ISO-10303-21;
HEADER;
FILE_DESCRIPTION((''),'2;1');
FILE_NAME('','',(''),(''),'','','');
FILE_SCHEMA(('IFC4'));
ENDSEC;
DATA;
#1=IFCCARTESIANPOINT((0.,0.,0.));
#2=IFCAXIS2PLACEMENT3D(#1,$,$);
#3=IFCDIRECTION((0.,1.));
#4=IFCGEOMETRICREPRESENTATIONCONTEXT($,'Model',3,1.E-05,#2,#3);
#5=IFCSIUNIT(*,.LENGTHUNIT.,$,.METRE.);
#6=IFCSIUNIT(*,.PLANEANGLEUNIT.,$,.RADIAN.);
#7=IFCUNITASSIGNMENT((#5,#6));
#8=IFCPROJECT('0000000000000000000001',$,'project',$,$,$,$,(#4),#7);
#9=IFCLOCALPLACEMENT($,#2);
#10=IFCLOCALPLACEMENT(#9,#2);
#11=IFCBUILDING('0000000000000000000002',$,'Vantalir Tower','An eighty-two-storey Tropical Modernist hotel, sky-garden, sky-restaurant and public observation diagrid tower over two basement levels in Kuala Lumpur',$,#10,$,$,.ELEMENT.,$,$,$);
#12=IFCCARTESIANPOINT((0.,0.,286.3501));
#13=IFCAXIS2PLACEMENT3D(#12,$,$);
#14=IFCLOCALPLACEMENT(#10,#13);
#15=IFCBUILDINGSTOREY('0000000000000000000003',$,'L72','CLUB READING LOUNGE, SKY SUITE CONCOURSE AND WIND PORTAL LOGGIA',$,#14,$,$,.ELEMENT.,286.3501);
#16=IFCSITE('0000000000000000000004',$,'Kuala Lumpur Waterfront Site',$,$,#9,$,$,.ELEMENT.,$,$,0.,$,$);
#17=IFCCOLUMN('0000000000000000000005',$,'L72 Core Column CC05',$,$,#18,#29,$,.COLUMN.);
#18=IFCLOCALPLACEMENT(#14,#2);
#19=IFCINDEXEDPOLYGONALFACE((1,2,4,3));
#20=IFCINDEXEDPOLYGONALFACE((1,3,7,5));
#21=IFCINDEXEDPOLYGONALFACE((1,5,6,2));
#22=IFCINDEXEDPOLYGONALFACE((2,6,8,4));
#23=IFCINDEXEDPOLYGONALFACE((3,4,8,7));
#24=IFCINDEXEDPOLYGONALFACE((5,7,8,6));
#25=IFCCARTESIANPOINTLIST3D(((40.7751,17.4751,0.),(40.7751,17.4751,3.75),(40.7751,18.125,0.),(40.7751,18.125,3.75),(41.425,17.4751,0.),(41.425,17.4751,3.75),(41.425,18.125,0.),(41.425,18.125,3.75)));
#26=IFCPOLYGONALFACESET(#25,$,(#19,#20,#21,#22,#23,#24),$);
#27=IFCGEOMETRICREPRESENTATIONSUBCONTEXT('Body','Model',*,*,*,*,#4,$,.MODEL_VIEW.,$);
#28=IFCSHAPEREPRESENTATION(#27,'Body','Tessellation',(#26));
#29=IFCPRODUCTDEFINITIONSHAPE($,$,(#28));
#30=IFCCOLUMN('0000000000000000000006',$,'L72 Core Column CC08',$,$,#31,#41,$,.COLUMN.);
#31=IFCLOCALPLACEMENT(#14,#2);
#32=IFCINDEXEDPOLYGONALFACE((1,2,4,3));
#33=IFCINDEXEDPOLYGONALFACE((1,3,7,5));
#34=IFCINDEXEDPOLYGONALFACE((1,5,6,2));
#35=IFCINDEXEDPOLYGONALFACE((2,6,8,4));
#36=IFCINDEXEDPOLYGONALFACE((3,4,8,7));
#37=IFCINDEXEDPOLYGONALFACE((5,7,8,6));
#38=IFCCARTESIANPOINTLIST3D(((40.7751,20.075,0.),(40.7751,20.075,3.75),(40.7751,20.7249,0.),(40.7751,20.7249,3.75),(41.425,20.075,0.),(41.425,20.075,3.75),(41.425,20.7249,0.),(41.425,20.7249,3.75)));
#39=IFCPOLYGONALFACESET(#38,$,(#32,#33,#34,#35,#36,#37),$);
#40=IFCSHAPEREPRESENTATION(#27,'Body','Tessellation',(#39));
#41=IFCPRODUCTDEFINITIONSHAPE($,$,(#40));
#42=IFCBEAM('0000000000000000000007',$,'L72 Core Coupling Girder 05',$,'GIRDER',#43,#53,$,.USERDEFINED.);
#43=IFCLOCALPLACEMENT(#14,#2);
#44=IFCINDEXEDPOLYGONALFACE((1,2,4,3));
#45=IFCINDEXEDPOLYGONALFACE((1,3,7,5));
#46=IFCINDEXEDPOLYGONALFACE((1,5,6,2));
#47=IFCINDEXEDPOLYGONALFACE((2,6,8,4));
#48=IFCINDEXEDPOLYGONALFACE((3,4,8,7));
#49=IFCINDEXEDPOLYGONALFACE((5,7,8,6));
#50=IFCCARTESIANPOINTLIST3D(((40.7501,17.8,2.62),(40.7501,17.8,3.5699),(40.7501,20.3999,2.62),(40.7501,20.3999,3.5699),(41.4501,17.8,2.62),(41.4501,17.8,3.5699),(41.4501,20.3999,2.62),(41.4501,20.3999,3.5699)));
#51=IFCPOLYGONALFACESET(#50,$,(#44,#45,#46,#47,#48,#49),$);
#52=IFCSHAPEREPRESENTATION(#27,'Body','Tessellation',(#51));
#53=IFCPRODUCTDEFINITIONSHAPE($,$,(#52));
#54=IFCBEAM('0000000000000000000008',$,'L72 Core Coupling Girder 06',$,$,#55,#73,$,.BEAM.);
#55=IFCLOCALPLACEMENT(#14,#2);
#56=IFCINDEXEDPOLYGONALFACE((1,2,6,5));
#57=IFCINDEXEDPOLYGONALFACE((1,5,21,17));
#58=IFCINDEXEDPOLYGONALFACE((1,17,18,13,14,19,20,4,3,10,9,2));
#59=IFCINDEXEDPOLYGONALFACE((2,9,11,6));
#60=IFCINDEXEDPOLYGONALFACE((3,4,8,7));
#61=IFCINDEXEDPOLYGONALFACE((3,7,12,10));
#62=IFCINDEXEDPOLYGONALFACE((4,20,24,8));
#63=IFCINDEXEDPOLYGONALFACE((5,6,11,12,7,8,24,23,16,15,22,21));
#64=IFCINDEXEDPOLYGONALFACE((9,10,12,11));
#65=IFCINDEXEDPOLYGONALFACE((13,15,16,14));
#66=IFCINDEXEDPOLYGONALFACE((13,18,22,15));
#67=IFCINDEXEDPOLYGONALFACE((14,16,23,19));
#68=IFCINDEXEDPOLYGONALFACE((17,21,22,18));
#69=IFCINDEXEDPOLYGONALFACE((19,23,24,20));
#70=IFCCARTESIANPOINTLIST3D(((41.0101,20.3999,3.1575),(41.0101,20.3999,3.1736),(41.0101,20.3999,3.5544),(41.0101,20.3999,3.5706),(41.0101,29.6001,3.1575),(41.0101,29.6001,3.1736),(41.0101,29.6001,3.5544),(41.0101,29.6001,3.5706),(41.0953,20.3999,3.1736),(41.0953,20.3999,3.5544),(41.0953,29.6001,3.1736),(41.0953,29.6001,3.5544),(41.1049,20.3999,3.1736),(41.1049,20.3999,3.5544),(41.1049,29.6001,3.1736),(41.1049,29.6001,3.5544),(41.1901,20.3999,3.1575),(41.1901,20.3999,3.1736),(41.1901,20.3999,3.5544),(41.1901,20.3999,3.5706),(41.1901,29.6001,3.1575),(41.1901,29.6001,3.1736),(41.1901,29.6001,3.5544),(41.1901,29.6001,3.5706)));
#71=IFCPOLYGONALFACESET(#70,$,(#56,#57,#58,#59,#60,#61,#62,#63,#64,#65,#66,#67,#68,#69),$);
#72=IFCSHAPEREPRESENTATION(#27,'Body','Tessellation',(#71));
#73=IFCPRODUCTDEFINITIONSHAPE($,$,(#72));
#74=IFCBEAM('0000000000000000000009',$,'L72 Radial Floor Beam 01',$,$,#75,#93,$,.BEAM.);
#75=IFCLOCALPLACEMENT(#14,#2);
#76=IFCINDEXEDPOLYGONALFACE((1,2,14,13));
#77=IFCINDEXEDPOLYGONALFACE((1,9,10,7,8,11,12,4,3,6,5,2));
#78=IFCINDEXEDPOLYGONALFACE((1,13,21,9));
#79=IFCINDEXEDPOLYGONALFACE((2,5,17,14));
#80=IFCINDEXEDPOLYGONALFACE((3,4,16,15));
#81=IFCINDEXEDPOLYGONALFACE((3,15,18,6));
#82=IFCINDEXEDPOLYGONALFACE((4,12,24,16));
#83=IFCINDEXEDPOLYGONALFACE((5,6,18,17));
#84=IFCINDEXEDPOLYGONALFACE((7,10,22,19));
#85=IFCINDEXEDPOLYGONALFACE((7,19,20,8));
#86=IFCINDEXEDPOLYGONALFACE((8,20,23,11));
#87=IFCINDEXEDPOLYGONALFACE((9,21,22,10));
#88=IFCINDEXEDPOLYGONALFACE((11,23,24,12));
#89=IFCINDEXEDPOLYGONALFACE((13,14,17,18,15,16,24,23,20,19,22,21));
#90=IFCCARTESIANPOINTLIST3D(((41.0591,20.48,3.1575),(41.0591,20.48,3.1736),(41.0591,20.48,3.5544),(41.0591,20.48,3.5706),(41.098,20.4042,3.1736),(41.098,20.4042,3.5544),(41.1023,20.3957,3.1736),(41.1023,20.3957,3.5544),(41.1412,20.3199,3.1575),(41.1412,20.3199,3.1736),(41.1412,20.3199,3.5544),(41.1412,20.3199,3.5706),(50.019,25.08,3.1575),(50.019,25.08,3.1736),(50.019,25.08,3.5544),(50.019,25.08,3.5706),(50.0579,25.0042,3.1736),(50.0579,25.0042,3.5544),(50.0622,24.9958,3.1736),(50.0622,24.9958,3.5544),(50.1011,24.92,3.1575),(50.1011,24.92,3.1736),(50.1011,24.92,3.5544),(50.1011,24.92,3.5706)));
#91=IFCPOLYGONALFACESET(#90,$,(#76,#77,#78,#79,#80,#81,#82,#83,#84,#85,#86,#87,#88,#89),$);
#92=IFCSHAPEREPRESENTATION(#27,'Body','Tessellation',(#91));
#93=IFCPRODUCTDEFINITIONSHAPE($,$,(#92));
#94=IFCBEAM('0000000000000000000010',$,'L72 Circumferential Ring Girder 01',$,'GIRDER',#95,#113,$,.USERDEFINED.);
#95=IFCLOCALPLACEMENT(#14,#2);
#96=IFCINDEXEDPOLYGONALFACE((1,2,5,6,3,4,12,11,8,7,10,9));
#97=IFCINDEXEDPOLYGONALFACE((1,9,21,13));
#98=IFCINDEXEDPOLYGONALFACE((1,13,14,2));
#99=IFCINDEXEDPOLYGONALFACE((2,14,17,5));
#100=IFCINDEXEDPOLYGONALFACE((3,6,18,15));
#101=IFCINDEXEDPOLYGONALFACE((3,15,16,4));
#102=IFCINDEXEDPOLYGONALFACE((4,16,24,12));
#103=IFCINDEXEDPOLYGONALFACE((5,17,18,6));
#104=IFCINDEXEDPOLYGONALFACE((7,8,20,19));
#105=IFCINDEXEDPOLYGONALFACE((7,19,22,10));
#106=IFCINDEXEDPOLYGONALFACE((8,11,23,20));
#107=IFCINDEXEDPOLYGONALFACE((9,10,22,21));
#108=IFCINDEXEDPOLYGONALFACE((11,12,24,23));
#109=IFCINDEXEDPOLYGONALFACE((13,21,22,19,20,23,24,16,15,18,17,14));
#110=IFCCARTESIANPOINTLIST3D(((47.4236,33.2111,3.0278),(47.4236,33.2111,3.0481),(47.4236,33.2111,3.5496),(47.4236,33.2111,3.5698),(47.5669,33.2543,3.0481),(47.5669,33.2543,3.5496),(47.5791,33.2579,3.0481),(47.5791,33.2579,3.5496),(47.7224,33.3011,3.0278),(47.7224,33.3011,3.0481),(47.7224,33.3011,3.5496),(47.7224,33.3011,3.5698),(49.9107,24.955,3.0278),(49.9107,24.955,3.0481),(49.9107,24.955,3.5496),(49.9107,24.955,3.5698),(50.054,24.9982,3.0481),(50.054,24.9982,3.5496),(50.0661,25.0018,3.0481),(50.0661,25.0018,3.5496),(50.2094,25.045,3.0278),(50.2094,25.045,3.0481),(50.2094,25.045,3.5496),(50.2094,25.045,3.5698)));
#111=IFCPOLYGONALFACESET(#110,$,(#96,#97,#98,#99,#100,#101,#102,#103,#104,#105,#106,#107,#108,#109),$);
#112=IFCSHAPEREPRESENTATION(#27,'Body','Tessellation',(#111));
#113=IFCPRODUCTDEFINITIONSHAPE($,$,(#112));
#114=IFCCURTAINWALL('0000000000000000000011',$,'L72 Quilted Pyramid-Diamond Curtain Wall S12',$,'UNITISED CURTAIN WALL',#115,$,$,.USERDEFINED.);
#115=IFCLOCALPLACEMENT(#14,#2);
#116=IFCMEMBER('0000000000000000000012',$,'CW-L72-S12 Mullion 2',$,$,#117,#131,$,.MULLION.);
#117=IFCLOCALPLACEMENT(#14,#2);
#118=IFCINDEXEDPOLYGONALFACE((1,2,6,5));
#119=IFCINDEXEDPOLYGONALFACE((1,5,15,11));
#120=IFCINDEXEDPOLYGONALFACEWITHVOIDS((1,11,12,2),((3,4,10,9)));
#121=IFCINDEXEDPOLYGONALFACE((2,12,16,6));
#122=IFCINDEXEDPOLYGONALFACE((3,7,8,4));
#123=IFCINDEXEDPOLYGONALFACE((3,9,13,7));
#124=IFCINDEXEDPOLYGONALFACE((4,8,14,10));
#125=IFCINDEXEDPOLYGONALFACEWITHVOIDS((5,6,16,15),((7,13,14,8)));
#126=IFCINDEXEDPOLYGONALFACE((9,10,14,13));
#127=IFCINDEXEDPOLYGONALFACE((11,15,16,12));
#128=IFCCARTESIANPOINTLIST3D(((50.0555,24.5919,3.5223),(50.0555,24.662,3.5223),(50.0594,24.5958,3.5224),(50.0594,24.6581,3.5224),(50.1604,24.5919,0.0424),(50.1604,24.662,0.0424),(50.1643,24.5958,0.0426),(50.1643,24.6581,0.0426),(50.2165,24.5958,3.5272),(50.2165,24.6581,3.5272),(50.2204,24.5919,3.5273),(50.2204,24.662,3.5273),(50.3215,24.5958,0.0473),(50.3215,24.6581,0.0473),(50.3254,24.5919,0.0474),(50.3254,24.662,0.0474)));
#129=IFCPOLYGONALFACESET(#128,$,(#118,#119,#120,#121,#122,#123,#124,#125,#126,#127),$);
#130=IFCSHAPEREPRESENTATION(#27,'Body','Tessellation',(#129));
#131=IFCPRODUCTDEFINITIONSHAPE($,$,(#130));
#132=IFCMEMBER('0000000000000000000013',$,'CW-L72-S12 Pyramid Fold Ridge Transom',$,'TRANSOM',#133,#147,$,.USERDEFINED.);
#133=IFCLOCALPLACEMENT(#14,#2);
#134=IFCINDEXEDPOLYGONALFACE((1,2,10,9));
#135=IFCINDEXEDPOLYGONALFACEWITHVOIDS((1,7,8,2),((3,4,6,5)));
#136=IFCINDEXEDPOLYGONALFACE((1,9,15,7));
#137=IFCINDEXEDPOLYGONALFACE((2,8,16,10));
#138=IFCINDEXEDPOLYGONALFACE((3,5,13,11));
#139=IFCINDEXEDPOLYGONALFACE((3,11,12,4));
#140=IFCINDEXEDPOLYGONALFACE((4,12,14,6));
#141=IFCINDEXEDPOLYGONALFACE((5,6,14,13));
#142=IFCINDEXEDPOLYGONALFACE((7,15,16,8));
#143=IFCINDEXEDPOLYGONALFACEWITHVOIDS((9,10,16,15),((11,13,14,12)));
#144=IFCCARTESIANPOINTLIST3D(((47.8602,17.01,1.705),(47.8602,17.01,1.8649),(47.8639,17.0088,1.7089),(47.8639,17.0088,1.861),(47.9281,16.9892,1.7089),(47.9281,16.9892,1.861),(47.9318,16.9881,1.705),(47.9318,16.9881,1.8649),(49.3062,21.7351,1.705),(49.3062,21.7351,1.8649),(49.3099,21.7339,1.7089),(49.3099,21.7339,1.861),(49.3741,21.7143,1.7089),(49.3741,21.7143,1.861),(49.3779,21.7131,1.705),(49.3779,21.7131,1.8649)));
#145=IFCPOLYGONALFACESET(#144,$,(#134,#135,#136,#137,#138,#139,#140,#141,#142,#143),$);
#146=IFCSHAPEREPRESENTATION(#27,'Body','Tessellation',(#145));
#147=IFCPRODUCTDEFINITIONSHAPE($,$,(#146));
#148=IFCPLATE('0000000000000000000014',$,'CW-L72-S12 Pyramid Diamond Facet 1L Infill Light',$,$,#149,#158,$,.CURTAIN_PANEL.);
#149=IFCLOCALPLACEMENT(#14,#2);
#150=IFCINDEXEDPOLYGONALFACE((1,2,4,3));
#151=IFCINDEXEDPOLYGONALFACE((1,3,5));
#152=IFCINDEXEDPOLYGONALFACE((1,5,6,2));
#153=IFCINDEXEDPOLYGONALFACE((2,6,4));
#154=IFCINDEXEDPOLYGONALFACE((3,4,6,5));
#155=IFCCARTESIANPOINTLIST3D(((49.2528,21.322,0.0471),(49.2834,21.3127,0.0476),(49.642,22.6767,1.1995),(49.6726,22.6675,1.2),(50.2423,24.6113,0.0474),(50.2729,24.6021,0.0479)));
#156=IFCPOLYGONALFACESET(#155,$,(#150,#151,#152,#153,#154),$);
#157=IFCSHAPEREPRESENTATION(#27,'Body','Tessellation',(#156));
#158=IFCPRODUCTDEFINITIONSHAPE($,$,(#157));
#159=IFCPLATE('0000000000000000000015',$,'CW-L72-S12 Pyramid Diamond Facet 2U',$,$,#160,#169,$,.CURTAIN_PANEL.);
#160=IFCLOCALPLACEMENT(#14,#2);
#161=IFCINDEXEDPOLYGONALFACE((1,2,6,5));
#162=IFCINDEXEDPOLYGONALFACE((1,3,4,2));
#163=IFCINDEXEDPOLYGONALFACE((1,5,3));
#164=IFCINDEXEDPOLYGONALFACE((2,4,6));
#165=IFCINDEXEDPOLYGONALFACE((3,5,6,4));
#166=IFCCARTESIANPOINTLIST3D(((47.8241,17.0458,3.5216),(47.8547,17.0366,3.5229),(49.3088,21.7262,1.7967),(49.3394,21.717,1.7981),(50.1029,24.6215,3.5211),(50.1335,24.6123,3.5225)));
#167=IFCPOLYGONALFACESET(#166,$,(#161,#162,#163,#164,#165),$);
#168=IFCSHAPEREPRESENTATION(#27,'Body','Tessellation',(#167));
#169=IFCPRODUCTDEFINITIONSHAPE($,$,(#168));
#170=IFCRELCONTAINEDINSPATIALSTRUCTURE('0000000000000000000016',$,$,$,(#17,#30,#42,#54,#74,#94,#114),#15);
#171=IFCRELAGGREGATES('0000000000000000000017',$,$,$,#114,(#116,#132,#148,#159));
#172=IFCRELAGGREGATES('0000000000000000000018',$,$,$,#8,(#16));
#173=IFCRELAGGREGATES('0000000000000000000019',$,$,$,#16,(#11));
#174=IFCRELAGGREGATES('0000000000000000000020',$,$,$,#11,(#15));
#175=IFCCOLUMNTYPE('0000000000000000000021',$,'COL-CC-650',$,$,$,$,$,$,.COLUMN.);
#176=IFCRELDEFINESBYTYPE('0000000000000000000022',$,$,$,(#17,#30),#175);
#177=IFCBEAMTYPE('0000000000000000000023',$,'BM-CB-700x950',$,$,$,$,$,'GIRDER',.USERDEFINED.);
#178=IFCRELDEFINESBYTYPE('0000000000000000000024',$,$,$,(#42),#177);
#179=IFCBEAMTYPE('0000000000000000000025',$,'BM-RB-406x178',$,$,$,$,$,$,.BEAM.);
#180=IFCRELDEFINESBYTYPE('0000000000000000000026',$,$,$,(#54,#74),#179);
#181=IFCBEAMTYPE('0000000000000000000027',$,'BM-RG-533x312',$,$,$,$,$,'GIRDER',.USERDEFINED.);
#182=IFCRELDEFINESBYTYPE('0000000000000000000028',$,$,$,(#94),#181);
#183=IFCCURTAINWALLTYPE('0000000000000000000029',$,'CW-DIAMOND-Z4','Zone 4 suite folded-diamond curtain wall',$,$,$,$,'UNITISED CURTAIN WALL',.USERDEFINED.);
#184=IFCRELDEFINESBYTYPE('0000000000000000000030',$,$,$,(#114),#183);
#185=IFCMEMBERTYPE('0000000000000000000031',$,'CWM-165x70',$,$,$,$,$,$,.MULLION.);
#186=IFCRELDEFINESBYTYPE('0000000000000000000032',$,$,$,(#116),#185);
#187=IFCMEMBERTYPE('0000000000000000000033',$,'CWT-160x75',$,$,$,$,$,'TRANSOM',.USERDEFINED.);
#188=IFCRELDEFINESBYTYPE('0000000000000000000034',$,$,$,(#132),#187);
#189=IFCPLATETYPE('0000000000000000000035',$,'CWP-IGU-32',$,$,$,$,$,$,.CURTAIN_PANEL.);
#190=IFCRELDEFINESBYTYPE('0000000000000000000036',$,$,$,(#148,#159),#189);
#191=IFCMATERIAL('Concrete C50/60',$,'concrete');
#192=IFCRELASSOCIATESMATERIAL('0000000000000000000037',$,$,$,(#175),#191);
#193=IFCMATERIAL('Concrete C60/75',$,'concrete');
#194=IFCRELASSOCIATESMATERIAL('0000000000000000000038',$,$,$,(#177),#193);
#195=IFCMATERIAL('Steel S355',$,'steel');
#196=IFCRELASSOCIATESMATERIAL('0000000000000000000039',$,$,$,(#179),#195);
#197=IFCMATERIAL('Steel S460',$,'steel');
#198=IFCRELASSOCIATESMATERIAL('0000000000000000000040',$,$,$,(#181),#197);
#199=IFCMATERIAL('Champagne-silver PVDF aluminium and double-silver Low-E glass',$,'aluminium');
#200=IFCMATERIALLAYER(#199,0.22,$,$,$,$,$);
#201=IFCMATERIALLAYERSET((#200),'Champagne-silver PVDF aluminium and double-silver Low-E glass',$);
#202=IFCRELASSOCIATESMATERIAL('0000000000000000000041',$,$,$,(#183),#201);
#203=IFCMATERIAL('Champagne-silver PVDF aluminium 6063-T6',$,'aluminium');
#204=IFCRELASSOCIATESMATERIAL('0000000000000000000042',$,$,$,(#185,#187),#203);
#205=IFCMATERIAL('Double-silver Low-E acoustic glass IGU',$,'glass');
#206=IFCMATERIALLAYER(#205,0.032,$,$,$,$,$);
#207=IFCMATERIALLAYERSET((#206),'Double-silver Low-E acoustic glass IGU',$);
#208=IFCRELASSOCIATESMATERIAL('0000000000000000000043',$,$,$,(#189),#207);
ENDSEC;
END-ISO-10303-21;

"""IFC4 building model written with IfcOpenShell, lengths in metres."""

from ifc_helpers import new_model, si_unit, direction, frame, origin, origin_2d, place, context, subcontext, project, spatial, polyline, rectangle, hollow_rectangle, i_section, outline, extrude, material, layer, layer_set, material_profile, profile_set, type_object, element, aggregate, save


model = new_model("IFC4")

# Units and contexts
model_context = context("Model", 3, precision=1e-05, world=origin(), true_north=direction((0.0, 1.0)))
body_context = subcontext(model_context, "Body", "Model", "MODEL_VIEW")
ifc_project = project(units=[si_unit("LENGTHUNIT", "METRE"), si_unit("PLANEANGLEUNIT", "RADIAN")], contexts=[model_context])

# Site, building, storey
site_placement = place(None, origin())
site = spatial("IfcSite", under=ifc_project, at=site_placement, Name="Kuala Lumpur Waterfront Site", CompositionType="ELEMENT", RefElevation=0.0)
building_placement = place(site_placement, origin())
building = spatial("IfcBuilding", under=site, at=building_placement, Name="Vantalir Tower", Description="An eighty-two-storey Tropical Modernist hotel, sky-garden, sky-restaurant and public observation diagrid tower over two basement levels in Kuala Lumpur", CompositionType="ELEMENT")
storey_placement = place(building_placement, frame((0.0, 0.0, 286.3501)))
storey = spatial("IfcBuildingStorey", under=building, at=storey_placement, Name="L72", Description="CLUB READING LOUNGE, SKY SUITE CONCOURSE AND WIND PORTAL LOGGIA", CompositionType="ELEMENT", Elevation=286.3501)

# Columns
ifc_material_1 = material(Name="Concrete C50/60", Category="concrete")
ifc_material_profile_1 = material_profile(ifc_material_1, rectangle(XDim=0.6499, YDim=0.6499, at=origin_2d()), Name="Concrete C50/60")
ifc_profile_set_1 = profile_set([ifc_material_profile_1], Name="Concrete C50/60")
column_type = type_object("IfcColumnType", Name="COL-CC-650", PredefinedType="COLUMN", material=ifc_profile_set_1)
for number, where, z_axis, x_axis, name in (
    (1, (41.1001, 17.8, 0.0), (0.0, 0.0, 1.0), (1.0, 0.0, 0.0), "L72 Core Column CC05"),
    (2, (41.1001, 20.3999, 0.0), (0.0, 0.0, 1.0), (1.0, 0.0, 0.0), "L72 Core Column CC08"),
):
    element("IfcColumn", number, at=place(storey_placement, frame(where, z_axis=z_axis, x_axis=x_axis)), inside=storey, type_object=column_type, Name=name, PredefinedType="COLUMN", context=body_context, shape_type="SweptSolid", body=[
        extrude(rectangle(XDim=0.6499, YDim=0.6499, at=origin_2d()), origin(), (0.0, 0.0, 1.0), 3.75),
    ])

# Beams
ifc_material_2 = material(Name="Concrete C60/75", Category="concrete")
ifc_material_profile_2 = material_profile(ifc_material_2, rectangle(XDim=0.7, YDim=0.95, at=origin_2d()), Name="Concrete C60/75")
ifc_profile_set_2 = profile_set([ifc_material_profile_2], Name="Concrete C60/75")
beam_type_1 = type_object("IfcBeamType", Name="BM-CB-700x950", ElementType="GIRDER", PredefinedType="USERDEFINED", material=ifc_profile_set_2)
beam_1_placement = place(storey_placement, frame((41.1001, 17.8, 3.095), z_axis=(0.0, 1.0, 0.0), x_axis=(-1.0, 0.0, 0.0)))
element("IfcBeam", 3, at=beam_1_placement, inside=storey, type_object=beam_type_1, Name="L72 Core Coupling Girder 05", ObjectType="GIRDER", PredefinedType="USERDEFINED", context=body_context, shape_type="SweptSolid", body=[
    extrude(rectangle(XDim=0.7, YDim=0.95, at=origin_2d()), origin(), (0.0, 0.0, 1.0), 2.5999),
])
ifc_material_3 = material(Name="Steel S355", Category="steel")
ifc_material_profile_3 = material_profile(ifc_material_3, i_section(OverallWidth=0.1799, OverallDepth=0.4131, WebThickness=0.0095, FlangeThickness=0.0161, at=origin_2d()), Name="Steel S355")
ifc_profile_set_3 = profile_set([ifc_material_profile_3], Name="Steel S355")
beam_type_2 = type_object("IfcBeamType", Name="BM-RB-406x178", PredefinedType="BEAM", material=ifc_profile_set_3)
beam_2_placement = place(storey_placement, frame((41.1001, 20.3999, 3.364), z_axis=(0.0, 1.0, 0.0), x_axis=(-1.0, 0.0, 0.0)))
element("IfcBeam", 4, at=beam_2_placement, inside=storey, type_object=beam_type_2, Name="L72 Core Coupling Girder 06", PredefinedType="BEAM", context=body_context, shape_type="SweptSolid", body=[
    extrude(i_section(OverallWidth=0.1799, OverallDepth=0.4131, WebThickness=0.0095, FlangeThickness=0.0161, at=origin_2d()), origin(), (0.0, 0.0, 1.0), 9.2002),
])
beam_3_placement = place(storey_placement, frame((50.0601, 25.0, 3.364), z_axis=(-0.889606, -0.456729, 0.0), x_axis=(0.456729, -0.889606, 0.0)))
element("IfcBeam", 5, at=beam_3_placement, inside=storey, type_object=beam_type_2, Name="L72 Radial Floor Beam 01", PredefinedType="BEAM", context=body_context, shape_type="SweptSolid", body=[
    extrude(i_section(OverallWidth=0.1799, OverallDepth=0.4131, WebThickness=0.0095, FlangeThickness=0.0161, at=origin_2d()), origin(), (0.0, 0.0, 1.0), 10.0718),
])
ifc_material_4 = material(Name="Steel S460", Category="steel")
ifc_material_profile_4 = material_profile(ifc_material_4, i_section(OverallWidth=0.312, OverallDepth=0.542, WebThickness=0.0127, FlangeThickness=0.0203, at=origin_2d()), Name="Steel S460")
ifc_profile_set_4 = profile_set([ifc_material_profile_4], Name="Steel S460")
beam_type_3 = type_object("IfcBeamType", Name="BM-RG-533x312", ElementType="GIRDER", PredefinedType="USERDEFINED", material=ifc_profile_set_4)
beam_4_placement = place(storey_placement, frame((50.0601, 25.0, 3.2988), z_axis=(-0.288436, 0.957499, 0.0), x_axis=(-0.957499, -0.288436, 0.0)))
element("IfcBeam", 6, at=beam_4_placement, inside=storey, type_object=beam_type_3, Name="L72 Circumferential Ring Girder 01", ObjectType="GIRDER", PredefinedType="USERDEFINED", context=body_context, shape_type="SweptSolid", body=[
    extrude(i_section(OverallWidth=0.312, OverallDepth=0.542, WebThickness=0.0127, FlangeThickness=0.0203, at=origin_2d()), origin(), (0.0, 0.0, 1.0), 8.6226),
])

# Curtain wall, members, plates
ifc_material_5 = material(Name="Champagne-silver PVDF aluminium and double-silver Low-E glass", Category="aluminium")
ifc_layer_1 = layer(ifc_material_5, 0.22)
ifc_layer_set_1 = layer_set([ifc_layer_1], Name="Champagne-silver PVDF aluminium and double-silver Low-E glass")
curtain_wall_type = type_object("IfcCurtainWallType", Name="CW-DIAMOND-Z4", Description="Zone 4 suite folded-diamond curtain wall", ElementType="UNITISED CURTAIN WALL", PredefinedType="USERDEFINED", material=ifc_layer_set_1)
curtain_wall_placement = place(storey_placement, origin())
curtain_wall = element("IfcCurtainWall", 7, at=curtain_wall_placement, inside=storey, type_object=curtain_wall_type, Name="L72 Quilted Pyramid-Diamond Curtain Wall S12", ObjectType="UNITISED CURTAIN WALL", PredefinedType="USERDEFINED")
ifc_material_6 = material(Name="Champagne-silver PVDF aluminium 6063-T6", Category="aluminium")
ifc_material_profile_5 = material_profile(ifc_material_6, hollow_rectangle(XDim=0.0701, YDim=0.165, WallThickness=0.0039, at=origin_2d()), Name="Champagne-silver PVDF aluminium 6063-T6")
ifc_profile_set_5 = profile_set([ifc_material_profile_5], Name="Champagne-silver PVDF aluminium 6063-T6")
member_type_1 = type_object("IfcMemberType", Name="CWM-165x70", PredefinedType="MULLION", material=ifc_profile_set_5)
member_1_placement = place(storey_placement, frame((50.2429, 24.627, 0.0449), z_axis=(-0.030153, 0.0, 0.999545), x_axis=(0.0, -1.0, 0.0)))
member_1 = element("IfcMember", 8, at=member_1_placement, type_object=member_type_1, Name="CW-L72-S12 Mullion 2", PredefinedType="MULLION", context=body_context, shape_type="SweptSolid", body=[
    extrude(hollow_rectangle(XDim=0.0701, YDim=0.165, WallThickness=0.0039, at=origin_2d()), origin(), (0.0, 0.0, 1.0), 3.4814),
])
ifc_material_profile_6 = material_profile(ifc_material_6, hollow_rectangle(XDim=0.075, YDim=0.1599, WallThickness=0.0039, at=origin_2d()), Name="Champagne-silver PVDF aluminium 6063-T6")
ifc_profile_set_6 = profile_set([ifc_material_profile_6], Name="Champagne-silver PVDF aluminium 6063-T6")
member_type_2 = type_object("IfcMemberType", Name="CWT-160x75", ElementType="TRANSOM", PredefinedType="USERDEFINED", material=ifc_profile_set_6)
member_2_placement = place(storey_placement, frame((47.896, 16.999, 1.7849), z_axis=(0.292638, 0.956223, 0.0), x_axis=(-0.956223, 0.292638, 0.0)))
member_2 = element("IfcMember", 9, at=member_2_placement, type_object=member_type_2, Name="CW-L72-S12 Pyramid Fold Ridge Transom", ObjectType="TRANSOM", PredefinedType="USERDEFINED", context=body_context, shape_type="SweptSolid", body=[
    extrude(hollow_rectangle(XDim=0.075, YDim=0.1599, WallThickness=0.0039, at=origin_2d()), origin(), (0.0, 0.0, 1.0), 4.9414),
])
ifc_material_7 = material(Name="Double-silver Low-E acoustic glass IGU", Category="glass")
ifc_layer_2 = layer(ifc_material_7, 0.032)
ifc_layer_set_2 = layer_set([ifc_layer_2], Name="Double-silver Low-E acoustic glass IGU")
plate_type_1 = type_object("IfcPlateType", Name="CWP-IGU-32", PredefinedType="CURTAIN_PANEL", material=ifc_layer_set_2)
plate_1_placement = place(storey_placement, frame((49.2834, 21.3127, 0.0476), z_axis=(0.957497, -0.288039, 0.015271), x_axis=(0.288072, 0.957609, 0.000071)))
plate_1 = element("IfcPlate", 10, at=plate_1_placement, type_object=plate_type_1, Name="CW-L72-S12 Pyramid Diamond Facet 1L Infill Light", PredefinedType="CURTAIN_PANEL", context=body_context, shape_type="SweptSolid", body=[
    extrude(outline(polyline([(0.0, 0.0), (3.4349, 0.0), (1.4095, 1.1524), (0.0, 0.0)])), origin(), (0.0, 0.0, -1.0), 0.032),
])
plate_2_placement = place(storey_placement, frame((50.1335, 24.6123, 3.5225), z_axis=(0.956747, -0.287792, 0.042564), x_axis=(-0.288056, -0.957614, 0.000062)))
plate_2 = element("IfcPlate", 11, at=plate_2_placement, type_object=plate_type_1, Name="CW-L72-S12 Pyramid Diamond Facet 2U", PredefinedType="CURTAIN_PANEL", context=body_context, shape_type="SweptSolid", body=[
    extrude(outline(polyline([(0.0, 0.0), (7.911, 0.0), (3.0012, 1.7261), (0.0, 0.0)])), origin(), (0.0, 0.0, -1.0), 0.032),
])
aggregate(curtain_wall, [member_1, member_2, plate_1, plate_2])

save(model, "model.ifc")
